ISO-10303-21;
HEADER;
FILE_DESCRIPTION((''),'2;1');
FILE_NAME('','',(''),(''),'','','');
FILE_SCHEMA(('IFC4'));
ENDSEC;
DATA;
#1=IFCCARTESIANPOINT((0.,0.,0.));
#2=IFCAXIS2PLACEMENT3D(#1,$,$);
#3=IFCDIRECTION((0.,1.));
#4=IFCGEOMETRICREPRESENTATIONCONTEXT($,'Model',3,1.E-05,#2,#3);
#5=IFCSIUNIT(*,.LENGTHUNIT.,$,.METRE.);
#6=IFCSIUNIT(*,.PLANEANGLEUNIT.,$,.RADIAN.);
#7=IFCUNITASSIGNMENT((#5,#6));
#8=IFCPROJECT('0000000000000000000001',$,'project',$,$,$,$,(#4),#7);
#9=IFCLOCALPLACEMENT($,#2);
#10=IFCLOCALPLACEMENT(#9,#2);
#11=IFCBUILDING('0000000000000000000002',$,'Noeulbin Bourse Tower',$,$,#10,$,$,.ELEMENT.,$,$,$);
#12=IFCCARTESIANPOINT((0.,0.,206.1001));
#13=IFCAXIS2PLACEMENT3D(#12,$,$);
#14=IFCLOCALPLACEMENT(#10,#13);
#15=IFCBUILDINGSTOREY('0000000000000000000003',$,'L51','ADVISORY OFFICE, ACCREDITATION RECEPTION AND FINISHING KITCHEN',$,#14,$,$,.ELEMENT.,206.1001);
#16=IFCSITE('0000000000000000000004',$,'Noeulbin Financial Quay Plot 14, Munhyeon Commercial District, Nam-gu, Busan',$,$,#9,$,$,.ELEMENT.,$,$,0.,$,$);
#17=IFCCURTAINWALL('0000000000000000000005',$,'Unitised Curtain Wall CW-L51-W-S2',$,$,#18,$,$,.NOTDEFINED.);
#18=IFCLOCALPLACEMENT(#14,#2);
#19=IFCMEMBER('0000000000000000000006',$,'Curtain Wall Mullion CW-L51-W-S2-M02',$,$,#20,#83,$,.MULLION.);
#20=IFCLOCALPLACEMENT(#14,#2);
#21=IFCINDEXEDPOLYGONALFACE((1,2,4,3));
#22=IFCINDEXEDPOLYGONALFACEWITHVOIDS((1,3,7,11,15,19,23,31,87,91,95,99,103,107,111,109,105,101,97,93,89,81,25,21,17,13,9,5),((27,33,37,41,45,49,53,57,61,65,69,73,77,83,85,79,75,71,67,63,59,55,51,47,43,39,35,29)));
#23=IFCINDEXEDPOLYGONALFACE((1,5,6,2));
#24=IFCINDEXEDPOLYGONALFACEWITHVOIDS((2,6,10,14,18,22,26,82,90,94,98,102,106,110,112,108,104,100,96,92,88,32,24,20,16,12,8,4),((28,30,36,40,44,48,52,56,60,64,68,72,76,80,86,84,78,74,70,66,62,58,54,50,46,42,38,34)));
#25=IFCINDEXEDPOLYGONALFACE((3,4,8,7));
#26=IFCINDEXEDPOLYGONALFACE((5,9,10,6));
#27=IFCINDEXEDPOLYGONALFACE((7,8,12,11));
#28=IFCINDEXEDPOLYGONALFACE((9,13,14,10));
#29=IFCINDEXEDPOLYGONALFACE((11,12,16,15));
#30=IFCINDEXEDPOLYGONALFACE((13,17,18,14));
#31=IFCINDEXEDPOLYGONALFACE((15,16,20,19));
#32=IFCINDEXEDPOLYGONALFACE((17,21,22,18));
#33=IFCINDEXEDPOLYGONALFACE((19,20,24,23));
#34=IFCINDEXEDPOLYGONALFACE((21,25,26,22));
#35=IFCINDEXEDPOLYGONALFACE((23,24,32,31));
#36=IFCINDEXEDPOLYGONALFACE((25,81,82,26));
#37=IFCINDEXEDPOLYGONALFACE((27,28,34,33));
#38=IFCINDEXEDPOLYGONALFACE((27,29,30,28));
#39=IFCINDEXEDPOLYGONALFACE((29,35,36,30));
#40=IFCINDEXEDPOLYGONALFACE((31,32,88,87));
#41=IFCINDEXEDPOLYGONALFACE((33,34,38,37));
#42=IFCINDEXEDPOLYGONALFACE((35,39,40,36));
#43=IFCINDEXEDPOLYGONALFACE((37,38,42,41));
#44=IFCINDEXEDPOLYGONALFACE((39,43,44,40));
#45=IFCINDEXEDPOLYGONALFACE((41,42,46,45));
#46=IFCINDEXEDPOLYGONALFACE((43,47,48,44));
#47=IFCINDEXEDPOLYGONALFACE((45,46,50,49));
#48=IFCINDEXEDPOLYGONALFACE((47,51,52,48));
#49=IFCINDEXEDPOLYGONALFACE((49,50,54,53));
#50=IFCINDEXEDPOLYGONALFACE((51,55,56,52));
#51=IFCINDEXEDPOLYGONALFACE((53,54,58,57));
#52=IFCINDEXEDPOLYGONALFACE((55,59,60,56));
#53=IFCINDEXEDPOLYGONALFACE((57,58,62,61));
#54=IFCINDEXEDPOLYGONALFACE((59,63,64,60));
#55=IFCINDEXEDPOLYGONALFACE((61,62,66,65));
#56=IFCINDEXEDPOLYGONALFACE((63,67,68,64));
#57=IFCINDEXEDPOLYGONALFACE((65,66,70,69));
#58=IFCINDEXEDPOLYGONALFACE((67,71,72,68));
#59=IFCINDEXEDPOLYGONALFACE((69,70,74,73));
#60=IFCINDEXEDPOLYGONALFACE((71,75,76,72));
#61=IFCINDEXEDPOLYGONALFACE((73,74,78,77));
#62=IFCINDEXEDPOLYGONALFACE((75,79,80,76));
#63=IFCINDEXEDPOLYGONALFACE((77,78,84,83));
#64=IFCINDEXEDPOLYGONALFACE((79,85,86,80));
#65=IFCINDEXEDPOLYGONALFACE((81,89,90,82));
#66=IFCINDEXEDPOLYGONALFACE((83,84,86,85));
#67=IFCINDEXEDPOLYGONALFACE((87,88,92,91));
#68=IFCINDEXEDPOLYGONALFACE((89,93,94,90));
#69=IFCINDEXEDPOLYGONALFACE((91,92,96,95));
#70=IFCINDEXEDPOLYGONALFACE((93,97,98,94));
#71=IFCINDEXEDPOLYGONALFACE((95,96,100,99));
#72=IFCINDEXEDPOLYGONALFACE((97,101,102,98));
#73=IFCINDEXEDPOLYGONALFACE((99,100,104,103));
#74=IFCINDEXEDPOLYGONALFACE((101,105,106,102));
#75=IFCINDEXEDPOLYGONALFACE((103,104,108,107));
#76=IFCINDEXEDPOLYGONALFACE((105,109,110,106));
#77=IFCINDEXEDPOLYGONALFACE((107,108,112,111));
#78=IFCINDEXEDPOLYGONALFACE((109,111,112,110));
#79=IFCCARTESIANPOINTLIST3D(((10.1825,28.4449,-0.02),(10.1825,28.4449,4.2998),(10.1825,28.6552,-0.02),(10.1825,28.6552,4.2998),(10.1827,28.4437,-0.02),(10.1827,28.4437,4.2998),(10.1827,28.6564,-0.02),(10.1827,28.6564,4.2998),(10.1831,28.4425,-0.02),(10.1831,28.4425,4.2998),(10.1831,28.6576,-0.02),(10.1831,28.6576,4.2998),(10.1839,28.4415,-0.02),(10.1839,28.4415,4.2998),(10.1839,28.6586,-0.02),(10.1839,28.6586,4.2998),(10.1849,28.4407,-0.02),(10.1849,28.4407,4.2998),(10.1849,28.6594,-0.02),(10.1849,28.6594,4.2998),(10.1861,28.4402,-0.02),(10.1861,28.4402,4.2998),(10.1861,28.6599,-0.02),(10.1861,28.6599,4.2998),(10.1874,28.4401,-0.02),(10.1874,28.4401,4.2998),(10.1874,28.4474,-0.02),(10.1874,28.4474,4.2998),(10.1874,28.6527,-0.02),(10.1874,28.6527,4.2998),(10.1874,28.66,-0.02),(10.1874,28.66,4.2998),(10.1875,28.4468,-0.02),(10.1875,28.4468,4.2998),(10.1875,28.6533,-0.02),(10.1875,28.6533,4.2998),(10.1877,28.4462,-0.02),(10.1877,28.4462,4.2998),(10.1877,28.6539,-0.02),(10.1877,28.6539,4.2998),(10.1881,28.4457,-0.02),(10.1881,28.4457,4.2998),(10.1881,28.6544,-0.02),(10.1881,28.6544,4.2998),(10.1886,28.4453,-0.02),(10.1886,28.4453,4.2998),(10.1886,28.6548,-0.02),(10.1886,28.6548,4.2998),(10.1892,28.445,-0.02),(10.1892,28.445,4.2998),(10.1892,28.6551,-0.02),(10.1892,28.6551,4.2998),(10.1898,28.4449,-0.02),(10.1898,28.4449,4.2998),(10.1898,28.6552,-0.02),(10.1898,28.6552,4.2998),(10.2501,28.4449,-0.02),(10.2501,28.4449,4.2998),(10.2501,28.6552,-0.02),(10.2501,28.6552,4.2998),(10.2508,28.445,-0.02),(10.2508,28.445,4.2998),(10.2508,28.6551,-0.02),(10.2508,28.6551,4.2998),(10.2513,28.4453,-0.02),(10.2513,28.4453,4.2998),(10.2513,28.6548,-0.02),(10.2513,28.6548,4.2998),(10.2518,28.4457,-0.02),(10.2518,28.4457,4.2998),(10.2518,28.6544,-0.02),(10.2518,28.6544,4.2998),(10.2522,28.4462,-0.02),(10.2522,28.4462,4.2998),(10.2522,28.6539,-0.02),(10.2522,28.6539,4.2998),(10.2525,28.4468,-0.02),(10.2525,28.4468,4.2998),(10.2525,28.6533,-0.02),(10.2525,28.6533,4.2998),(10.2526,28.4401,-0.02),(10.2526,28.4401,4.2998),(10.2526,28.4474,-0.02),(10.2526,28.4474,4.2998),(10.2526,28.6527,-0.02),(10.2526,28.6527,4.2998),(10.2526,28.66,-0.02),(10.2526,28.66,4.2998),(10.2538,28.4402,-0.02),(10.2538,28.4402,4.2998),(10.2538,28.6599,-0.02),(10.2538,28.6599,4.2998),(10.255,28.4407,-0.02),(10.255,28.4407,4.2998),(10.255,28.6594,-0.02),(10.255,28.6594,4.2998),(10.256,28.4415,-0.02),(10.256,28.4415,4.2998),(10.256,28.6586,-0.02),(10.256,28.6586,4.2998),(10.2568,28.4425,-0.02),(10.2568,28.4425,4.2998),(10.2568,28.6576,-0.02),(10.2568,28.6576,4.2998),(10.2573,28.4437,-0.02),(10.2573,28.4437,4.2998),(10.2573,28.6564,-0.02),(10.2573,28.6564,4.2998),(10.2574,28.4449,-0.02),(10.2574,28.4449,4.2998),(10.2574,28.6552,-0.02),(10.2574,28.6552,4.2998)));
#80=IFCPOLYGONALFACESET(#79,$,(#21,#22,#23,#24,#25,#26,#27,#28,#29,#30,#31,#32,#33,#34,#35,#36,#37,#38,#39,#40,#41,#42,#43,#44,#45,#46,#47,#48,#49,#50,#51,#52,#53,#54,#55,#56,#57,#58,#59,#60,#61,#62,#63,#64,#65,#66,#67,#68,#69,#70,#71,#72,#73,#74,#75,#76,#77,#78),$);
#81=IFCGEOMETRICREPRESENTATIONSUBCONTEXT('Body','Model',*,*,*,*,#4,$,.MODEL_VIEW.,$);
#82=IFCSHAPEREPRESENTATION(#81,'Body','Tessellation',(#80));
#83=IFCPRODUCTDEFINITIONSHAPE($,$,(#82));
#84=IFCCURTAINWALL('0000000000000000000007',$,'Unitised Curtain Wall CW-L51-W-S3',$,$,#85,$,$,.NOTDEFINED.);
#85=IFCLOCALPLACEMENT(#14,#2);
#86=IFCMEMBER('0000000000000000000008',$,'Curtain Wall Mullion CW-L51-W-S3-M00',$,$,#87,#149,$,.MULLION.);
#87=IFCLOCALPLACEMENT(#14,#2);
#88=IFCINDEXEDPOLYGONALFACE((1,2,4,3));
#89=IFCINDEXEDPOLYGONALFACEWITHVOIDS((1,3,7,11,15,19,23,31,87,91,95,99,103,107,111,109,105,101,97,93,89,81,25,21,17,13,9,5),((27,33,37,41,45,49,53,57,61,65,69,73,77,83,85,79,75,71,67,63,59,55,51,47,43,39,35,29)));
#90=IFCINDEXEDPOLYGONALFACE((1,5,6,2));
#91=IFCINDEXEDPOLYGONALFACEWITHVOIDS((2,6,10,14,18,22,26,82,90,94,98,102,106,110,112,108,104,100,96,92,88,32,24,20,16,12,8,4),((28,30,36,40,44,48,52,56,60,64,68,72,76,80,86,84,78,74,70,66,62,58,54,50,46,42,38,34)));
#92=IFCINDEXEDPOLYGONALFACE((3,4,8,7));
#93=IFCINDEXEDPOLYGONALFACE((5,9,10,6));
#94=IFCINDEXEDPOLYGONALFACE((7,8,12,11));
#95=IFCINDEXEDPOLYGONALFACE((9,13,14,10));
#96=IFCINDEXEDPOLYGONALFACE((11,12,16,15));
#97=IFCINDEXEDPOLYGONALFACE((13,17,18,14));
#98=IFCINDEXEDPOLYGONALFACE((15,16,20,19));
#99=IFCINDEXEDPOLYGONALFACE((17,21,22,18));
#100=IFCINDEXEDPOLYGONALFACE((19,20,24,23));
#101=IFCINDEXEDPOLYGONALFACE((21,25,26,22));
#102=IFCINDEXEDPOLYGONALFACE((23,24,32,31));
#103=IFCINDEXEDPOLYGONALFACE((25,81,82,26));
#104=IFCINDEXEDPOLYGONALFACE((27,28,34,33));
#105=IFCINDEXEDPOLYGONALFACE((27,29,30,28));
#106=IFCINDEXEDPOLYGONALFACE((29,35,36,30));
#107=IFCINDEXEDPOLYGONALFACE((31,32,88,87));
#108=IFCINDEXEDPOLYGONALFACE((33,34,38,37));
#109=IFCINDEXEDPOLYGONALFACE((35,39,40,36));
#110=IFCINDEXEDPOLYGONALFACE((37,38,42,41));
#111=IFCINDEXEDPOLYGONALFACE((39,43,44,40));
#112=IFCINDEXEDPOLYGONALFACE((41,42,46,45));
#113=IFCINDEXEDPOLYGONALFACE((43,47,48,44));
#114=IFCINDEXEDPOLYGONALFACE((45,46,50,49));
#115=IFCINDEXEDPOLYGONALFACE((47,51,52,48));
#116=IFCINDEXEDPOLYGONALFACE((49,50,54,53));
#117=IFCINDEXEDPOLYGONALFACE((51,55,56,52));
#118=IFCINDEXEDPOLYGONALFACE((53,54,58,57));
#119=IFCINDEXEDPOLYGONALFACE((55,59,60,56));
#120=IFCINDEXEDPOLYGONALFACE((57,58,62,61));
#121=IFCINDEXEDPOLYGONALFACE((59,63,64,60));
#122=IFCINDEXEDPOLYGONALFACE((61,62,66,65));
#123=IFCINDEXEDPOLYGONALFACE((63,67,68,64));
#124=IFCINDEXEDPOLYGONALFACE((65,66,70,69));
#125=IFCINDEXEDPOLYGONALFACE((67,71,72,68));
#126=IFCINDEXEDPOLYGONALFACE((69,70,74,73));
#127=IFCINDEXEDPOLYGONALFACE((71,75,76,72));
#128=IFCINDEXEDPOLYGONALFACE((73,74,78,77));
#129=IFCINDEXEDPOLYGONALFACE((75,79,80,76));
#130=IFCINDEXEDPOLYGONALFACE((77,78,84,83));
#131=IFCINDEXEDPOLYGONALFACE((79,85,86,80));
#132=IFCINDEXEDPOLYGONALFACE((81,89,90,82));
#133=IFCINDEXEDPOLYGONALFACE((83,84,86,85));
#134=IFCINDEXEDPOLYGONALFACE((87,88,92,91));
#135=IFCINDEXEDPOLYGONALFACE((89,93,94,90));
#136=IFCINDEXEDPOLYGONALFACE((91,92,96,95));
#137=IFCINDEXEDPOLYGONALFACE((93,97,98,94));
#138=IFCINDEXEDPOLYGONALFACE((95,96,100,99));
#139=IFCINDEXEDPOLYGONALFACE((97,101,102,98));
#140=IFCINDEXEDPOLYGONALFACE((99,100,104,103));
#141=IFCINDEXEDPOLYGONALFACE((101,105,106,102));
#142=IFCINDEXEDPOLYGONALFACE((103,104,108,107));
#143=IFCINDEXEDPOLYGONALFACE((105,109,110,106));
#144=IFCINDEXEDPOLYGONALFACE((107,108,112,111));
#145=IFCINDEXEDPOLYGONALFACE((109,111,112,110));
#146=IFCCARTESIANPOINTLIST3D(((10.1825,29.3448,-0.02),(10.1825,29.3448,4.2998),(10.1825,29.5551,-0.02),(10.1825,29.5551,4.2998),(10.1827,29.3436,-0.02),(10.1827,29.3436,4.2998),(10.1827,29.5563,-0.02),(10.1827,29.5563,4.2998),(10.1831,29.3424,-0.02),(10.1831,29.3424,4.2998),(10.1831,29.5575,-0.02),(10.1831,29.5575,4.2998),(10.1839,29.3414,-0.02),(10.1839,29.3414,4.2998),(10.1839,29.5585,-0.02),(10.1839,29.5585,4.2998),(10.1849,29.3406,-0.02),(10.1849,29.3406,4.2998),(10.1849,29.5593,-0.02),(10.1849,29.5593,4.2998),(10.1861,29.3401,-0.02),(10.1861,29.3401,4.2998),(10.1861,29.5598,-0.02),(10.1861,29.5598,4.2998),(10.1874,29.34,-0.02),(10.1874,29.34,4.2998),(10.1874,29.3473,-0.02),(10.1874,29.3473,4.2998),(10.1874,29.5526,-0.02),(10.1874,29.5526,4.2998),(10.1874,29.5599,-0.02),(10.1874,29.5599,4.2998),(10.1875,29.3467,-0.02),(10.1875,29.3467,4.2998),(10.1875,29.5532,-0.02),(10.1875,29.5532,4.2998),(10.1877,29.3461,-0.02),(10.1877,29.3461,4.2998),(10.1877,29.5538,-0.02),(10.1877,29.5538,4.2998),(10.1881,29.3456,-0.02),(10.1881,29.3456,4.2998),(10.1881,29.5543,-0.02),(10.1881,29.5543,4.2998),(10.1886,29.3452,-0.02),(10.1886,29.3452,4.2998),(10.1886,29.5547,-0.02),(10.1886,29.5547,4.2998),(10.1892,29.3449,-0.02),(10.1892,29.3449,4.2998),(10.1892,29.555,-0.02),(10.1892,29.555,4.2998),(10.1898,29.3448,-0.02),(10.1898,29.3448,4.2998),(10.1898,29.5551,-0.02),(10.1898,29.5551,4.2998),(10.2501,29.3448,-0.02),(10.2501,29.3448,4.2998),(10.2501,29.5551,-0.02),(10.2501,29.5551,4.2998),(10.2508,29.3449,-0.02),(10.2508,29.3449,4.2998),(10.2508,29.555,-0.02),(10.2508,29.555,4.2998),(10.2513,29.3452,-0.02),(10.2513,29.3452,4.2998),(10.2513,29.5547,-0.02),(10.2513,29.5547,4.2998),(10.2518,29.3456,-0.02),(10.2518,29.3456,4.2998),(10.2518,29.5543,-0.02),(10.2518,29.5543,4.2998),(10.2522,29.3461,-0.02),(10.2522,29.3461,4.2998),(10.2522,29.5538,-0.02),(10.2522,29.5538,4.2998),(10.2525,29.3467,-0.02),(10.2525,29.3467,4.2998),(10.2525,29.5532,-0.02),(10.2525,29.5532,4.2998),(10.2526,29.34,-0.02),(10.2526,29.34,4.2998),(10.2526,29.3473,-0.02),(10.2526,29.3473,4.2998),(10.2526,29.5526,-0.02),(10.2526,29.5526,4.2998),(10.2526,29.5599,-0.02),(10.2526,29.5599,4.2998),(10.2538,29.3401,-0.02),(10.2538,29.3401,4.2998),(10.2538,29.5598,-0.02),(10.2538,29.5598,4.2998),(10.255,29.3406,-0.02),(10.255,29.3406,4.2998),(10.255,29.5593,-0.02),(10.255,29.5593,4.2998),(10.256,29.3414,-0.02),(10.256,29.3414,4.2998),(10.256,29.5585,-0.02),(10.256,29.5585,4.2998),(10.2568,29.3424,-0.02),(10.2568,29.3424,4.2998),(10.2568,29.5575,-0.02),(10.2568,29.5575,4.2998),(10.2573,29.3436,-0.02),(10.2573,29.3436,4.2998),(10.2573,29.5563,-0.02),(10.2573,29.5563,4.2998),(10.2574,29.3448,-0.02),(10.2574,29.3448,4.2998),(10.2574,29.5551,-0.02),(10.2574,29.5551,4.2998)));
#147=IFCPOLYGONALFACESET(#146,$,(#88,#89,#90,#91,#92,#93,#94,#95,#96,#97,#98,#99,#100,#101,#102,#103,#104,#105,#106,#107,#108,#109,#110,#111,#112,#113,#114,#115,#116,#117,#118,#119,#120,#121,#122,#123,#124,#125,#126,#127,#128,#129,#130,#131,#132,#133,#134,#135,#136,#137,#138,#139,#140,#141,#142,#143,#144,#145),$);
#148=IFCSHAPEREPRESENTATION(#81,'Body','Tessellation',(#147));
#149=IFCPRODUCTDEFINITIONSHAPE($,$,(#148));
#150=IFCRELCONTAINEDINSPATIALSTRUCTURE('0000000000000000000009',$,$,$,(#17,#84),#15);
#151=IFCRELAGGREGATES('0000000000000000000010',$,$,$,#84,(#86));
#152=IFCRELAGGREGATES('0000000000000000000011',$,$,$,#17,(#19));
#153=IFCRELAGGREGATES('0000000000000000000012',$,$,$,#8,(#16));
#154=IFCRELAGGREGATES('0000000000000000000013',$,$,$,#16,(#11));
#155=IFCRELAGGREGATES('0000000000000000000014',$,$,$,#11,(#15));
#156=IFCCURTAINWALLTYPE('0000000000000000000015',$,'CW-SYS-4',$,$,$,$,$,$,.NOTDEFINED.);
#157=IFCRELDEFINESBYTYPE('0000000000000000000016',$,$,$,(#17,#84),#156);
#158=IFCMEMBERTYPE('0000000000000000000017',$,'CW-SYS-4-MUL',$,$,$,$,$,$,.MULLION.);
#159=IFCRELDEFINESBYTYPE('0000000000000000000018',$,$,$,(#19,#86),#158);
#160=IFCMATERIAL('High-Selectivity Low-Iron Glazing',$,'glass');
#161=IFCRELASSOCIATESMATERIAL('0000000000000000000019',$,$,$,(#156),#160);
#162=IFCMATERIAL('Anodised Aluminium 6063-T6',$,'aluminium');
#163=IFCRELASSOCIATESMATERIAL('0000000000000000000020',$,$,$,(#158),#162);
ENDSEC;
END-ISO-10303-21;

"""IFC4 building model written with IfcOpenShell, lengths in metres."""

from ifc_helpers import new_model, si_unit, direction, frame, origin, origin_2d, place, context, subcontext, project, spatial, hollow_rectangle, extrude, material, material_profile, profile_set, type_object, element, aggregate, save


model = new_model("IFC4")

# Units and contexts
model_context = context("Model", 3, precision=1e-05, world=origin(), true_north=direction((0.0, 1.0)))
body_context = subcontext(model_context, "Body", "Model", "MODEL_VIEW")
ifc_project = project(units=[si_unit("LENGTHUNIT", "METRE"), si_unit("PLANEANGLEUNIT", "RADIAN")], contexts=[model_context])

# Site, building, storey
site_placement = place(None, origin())
site = spatial("IfcSite", under=ifc_project, at=site_placement, Name="Noeulbin Financial Quay Plot 14, Munhyeon Commercial District, Nam-gu, Busan", CompositionType="ELEMENT", RefElevation=0.0)
building_placement = place(site_placement, origin())
building = spatial("IfcBuilding", under=site, at=building_placement, Name="Noeulbin Bourse Tower", CompositionType="ELEMENT")
storey_placement = place(building_placement, frame((0.0, 0.0, 206.1001)))
storey = spatial("IfcBuildingStorey", under=building, at=storey_placement, Name="L51", Description="ADVISORY OFFICE, ACCREDITATION RECEPTION AND FINISHING KITCHEN", CompositionType="ELEMENT", Elevation=206.1001)

# Curtain wall, member
ifc_material_1 = material(Name="High-Selectivity Low-Iron Glazing", Category="glass")
curtain_wall_type = type_object("IfcCurtainWallType", Name="CW-SYS-4", PredefinedType="NOTDEFINED", material=ifc_material_1)
curtain_wall_1_placement = place(storey_placement, origin())
curtain_wall_1 = element("IfcCurtainWall", 1, at=curtain_wall_1_placement, inside=storey, type_object=curtain_wall_type, Name="Unitised Curtain Wall CW-L51-W-S2", PredefinedType="NOTDEFINED")
ifc_material_2 = material(Name="Anodised Aluminium 6063-T6", Category="aluminium")
ifc_material_profile_1 = material_profile(ifc_material_2, hollow_rectangle(XDim=0.075, YDim=0.22, WallThickness=0.0049, InnerFilletRadius=0.0024, OuterFilletRadius=0.0049, at=origin_2d()), Name="ALU-MULL-75x220x5", Category="LoadBearing")
ifc_profile_set_1 = profile_set([ifc_material_profile_1], Name="Anodised Aluminium 6063-T6")
member_type_1 = type_object("IfcMemberType", Name="CW-SYS-4-MUL", PredefinedType="MULLION", material=ifc_profile_set_1)
member_1_placement = place(storey_placement, frame((10.22, 28.55, -0.02), z_axis=(0.0, 0.0, 1.0), x_axis=(1.0, 0.0, 0.0)))
member_1 = element("IfcMember", 2, at=member_1_placement, type_object=member_type_1, Name="Curtain Wall Mullion CW-L51-W-S2-M02", PredefinedType="MULLION", context=body_context, shape_type="SweptSolid", body=[
    extrude(hollow_rectangle(XDim=0.075, YDim=0.22, WallThickness=0.0049, InnerFilletRadius=0.0024, OuterFilletRadius=0.0049, at=origin_2d()), origin(), (0.0, 0.0, 1.0), 4.3198),
])

# Curtain wall, member
curtain_wall_2_placement = place(storey_placement, origin())
curtain_wall_2 = element("IfcCurtainWall", 3, at=curtain_wall_2_placement, inside=storey, type_object=curtain_wall_type, Name="Unitised Curtain Wall CW-L51-W-S3", PredefinedType="NOTDEFINED")
member_2_placement = place(storey_placement, frame((10.22, 29.45, -0.02), z_axis=(0.0, 0.0, 1.0), x_axis=(1.0, 0.0, 0.0)))
member_2 = element("IfcMember", 4, at=member_2_placement, type_object=member_type_1, Name="Curtain Wall Mullion CW-L51-W-S3-M00", PredefinedType="MULLION", context=body_context, shape_type="SweptSolid", body=[
    extrude(hollow_rectangle(XDim=0.075, YDim=0.22, WallThickness=0.0049, InnerFilletRadius=0.0024, OuterFilletRadius=0.0049, at=origin_2d()), origin(), (0.0, 0.0, 1.0), 4.3198),
])

aggregate(curtain_wall_2, [member_2])

aggregate(curtain_wall_1, [member_1])

save(model, "model.ifc")
